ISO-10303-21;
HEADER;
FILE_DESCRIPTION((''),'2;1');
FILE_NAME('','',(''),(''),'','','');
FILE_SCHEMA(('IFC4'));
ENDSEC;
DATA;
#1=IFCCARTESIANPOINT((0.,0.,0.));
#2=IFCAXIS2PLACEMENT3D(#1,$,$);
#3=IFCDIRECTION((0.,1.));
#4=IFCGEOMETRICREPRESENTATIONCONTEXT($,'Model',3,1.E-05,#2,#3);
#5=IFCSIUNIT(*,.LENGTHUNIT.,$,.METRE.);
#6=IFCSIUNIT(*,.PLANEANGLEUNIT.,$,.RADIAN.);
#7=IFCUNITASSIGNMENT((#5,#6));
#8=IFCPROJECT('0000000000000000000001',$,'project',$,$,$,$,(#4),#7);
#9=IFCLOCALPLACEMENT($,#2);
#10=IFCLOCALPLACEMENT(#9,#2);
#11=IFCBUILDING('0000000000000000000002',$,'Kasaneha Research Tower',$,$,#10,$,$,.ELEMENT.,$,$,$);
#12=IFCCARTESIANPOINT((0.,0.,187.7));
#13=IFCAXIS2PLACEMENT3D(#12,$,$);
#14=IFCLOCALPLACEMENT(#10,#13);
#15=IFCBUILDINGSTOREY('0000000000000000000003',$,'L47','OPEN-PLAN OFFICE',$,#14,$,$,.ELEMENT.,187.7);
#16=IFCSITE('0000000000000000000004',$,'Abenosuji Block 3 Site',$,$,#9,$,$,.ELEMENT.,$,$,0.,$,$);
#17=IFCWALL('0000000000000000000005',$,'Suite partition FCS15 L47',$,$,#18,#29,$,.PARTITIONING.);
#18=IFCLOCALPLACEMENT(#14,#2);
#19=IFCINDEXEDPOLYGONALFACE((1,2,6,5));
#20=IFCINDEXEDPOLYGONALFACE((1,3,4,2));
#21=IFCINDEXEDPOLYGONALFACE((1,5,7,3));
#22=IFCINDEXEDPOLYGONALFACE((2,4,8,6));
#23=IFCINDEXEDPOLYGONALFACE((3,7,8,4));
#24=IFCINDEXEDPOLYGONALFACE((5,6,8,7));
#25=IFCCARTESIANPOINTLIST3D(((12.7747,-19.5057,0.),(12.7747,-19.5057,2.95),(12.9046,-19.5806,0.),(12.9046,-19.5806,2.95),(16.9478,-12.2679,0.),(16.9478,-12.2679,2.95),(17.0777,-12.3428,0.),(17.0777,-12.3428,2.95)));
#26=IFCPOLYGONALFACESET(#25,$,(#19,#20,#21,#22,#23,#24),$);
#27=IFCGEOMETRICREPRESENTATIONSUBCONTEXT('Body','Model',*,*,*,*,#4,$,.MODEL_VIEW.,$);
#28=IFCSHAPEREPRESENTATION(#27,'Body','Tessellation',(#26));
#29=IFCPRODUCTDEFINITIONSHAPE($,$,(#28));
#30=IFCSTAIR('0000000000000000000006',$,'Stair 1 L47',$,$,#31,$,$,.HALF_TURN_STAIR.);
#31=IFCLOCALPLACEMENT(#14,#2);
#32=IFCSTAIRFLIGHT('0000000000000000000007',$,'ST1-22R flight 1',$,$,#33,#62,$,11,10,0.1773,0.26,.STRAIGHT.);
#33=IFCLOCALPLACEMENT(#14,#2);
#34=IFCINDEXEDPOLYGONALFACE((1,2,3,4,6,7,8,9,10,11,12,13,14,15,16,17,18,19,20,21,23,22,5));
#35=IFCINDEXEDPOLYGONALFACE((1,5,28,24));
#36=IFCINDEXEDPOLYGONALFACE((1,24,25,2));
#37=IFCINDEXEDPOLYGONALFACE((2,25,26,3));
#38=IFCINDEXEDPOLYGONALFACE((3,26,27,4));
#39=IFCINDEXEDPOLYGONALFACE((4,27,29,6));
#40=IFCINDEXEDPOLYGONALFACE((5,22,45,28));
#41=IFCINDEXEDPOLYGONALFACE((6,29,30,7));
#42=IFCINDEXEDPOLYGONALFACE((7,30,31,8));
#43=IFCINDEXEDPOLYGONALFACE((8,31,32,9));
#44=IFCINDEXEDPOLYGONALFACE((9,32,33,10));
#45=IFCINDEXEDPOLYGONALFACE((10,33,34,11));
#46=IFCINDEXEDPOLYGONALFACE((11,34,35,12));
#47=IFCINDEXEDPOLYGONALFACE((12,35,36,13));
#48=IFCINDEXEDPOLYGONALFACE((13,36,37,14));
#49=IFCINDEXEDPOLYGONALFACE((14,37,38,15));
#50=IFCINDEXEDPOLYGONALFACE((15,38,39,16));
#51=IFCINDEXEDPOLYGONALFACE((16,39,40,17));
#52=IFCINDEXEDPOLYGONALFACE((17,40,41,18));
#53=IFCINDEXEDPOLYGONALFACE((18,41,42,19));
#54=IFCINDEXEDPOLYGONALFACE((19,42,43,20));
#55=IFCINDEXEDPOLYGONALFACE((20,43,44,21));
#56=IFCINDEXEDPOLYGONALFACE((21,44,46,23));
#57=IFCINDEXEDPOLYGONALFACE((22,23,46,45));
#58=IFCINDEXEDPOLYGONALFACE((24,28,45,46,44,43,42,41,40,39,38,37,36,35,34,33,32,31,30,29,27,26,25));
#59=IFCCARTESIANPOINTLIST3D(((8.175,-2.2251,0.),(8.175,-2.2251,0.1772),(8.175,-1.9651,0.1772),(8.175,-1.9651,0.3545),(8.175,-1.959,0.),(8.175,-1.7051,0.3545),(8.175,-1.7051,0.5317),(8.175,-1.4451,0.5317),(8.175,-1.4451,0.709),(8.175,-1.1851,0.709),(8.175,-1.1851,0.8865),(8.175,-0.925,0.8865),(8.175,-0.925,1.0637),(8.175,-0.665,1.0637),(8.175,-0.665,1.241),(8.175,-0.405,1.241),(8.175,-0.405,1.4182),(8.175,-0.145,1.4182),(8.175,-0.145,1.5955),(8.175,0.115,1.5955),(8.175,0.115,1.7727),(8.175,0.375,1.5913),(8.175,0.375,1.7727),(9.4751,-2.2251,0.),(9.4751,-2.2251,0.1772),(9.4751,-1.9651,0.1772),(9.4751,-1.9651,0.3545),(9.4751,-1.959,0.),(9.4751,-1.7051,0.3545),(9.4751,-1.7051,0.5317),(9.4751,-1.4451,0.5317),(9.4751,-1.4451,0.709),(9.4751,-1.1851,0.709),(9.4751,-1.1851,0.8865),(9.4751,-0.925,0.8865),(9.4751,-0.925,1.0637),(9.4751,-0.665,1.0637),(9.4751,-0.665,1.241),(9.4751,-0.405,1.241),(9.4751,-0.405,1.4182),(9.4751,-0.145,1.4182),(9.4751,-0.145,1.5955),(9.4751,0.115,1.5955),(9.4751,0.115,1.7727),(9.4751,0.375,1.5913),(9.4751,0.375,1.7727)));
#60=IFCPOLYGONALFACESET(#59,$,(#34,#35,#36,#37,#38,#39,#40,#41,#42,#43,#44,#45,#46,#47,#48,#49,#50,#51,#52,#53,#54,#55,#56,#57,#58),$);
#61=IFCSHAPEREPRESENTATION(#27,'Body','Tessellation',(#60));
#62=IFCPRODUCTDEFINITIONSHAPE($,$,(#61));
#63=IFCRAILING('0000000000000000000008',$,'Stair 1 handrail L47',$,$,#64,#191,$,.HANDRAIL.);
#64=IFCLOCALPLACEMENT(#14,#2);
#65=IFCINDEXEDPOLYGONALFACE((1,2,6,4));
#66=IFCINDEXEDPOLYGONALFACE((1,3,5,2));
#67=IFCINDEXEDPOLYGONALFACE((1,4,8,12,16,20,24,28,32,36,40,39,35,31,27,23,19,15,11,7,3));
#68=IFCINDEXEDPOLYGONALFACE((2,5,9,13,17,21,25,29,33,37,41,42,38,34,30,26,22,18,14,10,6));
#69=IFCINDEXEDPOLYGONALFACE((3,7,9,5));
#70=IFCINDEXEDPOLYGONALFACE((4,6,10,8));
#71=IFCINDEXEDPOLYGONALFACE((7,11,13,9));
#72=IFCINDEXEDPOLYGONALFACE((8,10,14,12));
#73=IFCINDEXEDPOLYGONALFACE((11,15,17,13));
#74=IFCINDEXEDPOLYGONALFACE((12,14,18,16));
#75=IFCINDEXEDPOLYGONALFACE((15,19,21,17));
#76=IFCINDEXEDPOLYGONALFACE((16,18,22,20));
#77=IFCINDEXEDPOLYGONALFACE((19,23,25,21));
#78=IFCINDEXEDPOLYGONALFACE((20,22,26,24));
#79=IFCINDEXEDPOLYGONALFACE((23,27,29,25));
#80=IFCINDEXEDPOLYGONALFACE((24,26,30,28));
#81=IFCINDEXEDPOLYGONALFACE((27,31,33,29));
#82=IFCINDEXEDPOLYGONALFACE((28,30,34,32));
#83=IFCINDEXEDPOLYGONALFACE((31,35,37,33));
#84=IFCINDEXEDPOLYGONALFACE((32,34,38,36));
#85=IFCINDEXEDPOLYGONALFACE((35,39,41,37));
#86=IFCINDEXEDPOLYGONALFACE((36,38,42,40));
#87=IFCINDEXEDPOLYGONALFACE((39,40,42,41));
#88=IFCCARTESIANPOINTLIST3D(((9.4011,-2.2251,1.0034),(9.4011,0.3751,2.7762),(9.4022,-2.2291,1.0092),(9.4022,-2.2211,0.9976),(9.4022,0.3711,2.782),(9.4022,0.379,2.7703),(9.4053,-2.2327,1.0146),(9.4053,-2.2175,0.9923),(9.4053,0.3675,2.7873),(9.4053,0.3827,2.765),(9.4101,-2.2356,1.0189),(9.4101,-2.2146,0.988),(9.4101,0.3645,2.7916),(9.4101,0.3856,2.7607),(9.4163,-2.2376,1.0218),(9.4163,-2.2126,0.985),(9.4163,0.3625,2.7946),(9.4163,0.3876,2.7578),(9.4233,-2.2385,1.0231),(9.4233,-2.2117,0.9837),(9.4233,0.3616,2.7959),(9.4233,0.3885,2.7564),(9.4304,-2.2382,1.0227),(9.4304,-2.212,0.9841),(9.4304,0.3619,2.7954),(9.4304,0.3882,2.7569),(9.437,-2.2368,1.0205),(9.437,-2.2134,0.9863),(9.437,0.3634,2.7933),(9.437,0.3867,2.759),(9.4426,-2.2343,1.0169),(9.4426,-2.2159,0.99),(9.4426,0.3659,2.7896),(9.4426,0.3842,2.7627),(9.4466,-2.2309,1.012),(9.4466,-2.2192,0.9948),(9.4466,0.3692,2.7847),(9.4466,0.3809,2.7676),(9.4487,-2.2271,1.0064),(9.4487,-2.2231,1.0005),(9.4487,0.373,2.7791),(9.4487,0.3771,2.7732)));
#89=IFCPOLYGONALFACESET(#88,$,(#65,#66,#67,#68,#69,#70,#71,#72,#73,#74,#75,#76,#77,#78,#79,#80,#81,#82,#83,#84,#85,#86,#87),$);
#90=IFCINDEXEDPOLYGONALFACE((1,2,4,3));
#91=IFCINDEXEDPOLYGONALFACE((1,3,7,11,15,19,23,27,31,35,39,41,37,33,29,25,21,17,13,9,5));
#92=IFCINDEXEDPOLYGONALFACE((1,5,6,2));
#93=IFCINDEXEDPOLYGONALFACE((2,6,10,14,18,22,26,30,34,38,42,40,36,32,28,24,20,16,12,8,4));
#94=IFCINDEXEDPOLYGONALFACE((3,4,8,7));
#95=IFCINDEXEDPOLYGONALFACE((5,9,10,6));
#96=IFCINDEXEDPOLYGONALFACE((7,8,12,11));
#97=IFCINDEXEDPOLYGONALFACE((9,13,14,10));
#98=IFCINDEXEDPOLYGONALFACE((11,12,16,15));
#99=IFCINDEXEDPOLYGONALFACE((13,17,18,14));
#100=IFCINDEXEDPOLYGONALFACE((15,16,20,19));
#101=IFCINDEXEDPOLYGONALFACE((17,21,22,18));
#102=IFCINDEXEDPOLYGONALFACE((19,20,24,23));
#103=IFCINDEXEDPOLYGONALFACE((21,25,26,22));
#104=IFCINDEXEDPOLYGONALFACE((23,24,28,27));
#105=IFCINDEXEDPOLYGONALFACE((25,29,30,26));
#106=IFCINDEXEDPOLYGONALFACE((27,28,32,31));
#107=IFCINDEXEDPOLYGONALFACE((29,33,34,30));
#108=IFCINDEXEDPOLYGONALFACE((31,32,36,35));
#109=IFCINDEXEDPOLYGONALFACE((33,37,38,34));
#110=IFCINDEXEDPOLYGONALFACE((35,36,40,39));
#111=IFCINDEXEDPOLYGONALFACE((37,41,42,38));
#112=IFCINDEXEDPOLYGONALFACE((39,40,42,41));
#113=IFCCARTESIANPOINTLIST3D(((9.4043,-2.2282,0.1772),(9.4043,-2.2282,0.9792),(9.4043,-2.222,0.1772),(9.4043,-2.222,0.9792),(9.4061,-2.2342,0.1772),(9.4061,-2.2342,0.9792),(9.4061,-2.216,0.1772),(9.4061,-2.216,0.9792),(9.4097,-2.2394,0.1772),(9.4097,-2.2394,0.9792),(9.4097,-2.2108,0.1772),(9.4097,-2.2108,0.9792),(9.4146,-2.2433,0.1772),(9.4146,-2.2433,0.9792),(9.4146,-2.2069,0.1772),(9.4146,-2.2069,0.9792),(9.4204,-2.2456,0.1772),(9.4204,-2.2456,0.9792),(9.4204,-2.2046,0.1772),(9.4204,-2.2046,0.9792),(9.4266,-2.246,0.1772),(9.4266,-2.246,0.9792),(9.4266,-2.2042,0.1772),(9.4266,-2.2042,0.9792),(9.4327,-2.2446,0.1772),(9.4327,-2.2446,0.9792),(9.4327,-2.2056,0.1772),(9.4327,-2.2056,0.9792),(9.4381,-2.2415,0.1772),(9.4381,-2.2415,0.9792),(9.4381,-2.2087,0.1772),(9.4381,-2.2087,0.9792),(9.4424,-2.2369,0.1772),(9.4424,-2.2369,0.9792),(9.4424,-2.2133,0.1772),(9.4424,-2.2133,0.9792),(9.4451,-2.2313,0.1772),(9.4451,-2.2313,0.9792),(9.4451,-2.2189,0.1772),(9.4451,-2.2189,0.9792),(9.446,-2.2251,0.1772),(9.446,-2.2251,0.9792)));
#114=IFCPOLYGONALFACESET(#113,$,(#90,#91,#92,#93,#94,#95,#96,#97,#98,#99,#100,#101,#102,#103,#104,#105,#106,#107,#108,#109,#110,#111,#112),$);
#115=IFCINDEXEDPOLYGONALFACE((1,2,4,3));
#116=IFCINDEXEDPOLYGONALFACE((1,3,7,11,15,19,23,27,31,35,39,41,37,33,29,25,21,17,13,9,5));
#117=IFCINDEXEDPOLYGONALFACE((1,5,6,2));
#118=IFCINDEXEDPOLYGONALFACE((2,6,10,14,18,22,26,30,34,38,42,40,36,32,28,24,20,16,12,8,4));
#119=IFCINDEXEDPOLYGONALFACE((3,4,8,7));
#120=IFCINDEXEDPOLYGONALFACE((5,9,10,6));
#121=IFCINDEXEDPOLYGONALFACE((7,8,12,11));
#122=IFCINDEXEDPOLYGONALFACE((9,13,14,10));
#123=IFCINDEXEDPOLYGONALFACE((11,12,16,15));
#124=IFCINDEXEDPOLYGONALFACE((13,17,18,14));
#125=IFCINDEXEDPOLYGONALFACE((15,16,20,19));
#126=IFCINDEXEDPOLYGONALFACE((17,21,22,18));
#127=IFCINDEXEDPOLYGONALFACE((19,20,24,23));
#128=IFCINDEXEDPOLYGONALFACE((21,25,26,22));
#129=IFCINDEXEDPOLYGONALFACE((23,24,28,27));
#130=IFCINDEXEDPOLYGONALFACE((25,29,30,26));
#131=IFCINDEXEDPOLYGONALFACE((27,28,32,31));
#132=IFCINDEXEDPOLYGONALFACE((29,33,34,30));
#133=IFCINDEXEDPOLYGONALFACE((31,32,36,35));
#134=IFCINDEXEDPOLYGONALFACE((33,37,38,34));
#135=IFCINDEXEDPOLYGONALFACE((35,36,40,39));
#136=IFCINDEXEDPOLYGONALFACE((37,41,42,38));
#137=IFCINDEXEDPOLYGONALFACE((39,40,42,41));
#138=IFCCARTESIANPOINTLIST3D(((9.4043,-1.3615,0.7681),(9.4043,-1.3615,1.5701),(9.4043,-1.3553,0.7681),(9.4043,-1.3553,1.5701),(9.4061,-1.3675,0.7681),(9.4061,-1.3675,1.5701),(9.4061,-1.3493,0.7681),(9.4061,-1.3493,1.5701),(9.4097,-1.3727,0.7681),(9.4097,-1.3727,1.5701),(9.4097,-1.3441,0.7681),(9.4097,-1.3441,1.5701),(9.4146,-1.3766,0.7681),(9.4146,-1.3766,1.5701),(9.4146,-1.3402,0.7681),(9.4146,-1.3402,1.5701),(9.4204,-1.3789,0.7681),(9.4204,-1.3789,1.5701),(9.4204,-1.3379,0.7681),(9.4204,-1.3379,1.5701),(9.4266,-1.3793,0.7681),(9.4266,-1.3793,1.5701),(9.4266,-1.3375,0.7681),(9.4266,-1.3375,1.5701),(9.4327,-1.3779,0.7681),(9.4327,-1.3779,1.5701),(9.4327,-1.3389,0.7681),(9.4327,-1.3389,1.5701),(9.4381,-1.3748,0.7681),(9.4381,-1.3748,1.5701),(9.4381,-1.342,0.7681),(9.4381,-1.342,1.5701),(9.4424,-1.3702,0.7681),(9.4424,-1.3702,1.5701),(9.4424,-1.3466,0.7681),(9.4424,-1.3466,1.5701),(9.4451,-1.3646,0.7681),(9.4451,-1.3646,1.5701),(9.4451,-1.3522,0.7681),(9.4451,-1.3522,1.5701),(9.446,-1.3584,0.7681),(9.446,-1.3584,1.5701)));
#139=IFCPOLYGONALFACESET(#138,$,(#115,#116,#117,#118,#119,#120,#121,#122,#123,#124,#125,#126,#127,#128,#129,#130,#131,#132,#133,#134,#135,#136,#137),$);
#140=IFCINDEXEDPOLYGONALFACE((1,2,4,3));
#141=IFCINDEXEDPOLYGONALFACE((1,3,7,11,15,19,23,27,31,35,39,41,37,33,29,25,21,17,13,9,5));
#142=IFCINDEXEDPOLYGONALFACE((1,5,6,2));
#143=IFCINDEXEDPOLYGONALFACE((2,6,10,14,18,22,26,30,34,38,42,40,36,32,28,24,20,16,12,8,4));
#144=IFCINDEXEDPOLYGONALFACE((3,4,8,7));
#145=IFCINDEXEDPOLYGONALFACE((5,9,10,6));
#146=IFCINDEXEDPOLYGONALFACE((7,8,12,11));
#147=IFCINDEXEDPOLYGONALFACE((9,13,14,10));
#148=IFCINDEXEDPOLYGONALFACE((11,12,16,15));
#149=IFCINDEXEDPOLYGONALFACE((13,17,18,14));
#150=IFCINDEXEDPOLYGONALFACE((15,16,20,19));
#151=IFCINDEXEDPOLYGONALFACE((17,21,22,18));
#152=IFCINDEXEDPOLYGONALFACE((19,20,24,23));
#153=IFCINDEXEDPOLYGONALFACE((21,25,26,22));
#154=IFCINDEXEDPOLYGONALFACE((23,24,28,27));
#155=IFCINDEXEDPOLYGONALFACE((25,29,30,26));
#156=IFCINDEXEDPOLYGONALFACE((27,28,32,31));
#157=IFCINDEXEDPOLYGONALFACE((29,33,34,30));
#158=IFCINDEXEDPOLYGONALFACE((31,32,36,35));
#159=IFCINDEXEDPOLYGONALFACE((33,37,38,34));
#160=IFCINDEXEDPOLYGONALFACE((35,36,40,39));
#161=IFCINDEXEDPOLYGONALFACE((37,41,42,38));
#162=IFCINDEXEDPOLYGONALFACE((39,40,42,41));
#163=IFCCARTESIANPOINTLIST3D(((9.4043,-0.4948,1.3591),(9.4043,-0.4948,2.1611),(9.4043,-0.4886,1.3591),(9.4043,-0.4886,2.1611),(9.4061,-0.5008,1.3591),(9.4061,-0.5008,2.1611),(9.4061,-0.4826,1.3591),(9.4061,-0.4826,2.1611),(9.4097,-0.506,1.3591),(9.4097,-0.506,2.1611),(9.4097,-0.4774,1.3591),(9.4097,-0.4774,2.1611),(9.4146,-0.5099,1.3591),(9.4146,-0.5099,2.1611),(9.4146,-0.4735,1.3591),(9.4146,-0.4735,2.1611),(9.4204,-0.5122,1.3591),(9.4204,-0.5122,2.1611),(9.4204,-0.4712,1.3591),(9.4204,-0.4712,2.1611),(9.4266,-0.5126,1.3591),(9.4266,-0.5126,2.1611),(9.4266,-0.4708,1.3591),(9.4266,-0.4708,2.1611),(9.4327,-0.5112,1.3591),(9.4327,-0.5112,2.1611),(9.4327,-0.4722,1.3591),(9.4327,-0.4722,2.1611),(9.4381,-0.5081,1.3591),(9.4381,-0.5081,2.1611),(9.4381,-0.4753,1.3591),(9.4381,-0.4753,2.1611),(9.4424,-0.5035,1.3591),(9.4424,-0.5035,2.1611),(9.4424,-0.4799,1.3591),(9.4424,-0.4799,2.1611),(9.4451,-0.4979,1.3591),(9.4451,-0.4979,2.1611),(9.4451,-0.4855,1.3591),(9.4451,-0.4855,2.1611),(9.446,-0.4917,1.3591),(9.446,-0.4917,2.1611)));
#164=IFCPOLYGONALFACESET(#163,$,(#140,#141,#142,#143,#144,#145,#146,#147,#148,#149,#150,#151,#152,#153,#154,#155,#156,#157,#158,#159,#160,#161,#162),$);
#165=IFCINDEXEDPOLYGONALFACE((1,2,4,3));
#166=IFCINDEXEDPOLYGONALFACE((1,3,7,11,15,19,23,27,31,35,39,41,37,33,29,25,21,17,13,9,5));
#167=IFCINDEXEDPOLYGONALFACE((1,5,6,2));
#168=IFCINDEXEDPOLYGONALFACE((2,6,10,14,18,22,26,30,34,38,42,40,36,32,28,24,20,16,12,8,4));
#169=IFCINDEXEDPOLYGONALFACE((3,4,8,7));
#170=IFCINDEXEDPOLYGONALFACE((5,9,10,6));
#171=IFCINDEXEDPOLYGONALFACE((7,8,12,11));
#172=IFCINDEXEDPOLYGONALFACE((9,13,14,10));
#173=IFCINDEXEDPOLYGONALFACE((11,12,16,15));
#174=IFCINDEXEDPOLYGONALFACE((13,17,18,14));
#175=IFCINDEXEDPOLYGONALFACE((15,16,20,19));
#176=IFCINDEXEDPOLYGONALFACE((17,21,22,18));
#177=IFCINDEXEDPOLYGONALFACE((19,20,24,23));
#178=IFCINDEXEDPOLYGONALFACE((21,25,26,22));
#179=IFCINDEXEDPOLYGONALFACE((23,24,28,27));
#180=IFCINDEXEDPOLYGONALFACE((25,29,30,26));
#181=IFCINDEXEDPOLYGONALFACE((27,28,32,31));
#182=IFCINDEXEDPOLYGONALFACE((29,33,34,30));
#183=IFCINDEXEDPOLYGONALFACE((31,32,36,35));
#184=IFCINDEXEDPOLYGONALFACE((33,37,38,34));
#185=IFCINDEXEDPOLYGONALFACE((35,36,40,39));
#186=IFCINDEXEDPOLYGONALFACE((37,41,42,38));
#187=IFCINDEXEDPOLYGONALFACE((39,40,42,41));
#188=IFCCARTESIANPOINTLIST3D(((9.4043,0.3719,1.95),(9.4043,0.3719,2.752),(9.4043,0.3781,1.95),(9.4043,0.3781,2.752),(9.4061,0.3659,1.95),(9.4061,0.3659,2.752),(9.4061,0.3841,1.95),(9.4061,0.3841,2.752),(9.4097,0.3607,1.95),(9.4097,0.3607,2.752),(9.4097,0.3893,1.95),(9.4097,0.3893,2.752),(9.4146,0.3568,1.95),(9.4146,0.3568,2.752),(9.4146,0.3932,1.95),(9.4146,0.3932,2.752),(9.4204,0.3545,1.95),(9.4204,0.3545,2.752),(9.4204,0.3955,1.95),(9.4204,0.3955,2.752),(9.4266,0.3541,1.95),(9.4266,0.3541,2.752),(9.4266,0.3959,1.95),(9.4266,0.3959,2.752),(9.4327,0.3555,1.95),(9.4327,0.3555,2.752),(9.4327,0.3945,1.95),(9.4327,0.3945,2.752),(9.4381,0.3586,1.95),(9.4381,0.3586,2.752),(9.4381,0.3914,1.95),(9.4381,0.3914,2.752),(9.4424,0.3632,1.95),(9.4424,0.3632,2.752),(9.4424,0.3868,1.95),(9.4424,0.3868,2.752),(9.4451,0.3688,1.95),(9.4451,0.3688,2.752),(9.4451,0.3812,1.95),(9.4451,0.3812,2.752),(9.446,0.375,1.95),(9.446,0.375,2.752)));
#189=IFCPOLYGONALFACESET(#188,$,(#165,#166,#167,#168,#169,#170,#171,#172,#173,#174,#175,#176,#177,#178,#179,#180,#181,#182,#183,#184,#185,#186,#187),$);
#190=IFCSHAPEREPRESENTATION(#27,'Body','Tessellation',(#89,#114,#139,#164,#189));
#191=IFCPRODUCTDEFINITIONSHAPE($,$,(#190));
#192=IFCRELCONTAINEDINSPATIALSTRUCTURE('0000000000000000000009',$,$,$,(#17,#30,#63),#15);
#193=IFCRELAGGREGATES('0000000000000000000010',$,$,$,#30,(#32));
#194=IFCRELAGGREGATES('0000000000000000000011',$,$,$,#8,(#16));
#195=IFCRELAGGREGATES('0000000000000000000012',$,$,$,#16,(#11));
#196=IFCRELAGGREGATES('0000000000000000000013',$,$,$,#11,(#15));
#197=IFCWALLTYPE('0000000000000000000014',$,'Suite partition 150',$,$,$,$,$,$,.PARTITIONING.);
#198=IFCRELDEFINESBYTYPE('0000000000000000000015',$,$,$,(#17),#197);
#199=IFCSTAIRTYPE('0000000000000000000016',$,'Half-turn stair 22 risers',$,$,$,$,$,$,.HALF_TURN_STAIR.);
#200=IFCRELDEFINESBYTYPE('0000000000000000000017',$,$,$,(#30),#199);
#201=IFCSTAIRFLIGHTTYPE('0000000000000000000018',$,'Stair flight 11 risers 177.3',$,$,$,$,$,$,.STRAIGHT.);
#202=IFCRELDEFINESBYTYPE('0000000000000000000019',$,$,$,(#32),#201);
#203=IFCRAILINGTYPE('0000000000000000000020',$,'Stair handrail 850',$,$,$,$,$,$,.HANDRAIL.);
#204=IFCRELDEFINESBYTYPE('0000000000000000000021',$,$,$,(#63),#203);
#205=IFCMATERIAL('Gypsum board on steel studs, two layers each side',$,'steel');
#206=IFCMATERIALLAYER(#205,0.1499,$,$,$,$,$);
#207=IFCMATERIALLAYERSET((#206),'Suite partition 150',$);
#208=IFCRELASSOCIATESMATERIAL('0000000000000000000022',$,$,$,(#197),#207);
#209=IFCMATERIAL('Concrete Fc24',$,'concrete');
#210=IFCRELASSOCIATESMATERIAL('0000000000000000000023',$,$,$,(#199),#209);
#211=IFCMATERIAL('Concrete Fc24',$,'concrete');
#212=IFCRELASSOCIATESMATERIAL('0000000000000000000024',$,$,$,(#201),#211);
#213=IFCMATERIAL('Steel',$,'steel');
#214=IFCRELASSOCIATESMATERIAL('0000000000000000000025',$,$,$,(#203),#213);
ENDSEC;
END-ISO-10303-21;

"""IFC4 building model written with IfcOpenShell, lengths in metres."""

from ifc_helpers import new_model, si_unit, direction, frame, frame_2d, origin, origin_2d, place, context, subcontext, project, spatial, polyline, rectangle, circle, outline, extrude, material, layer, layer_set, type_object, element, aggregate, save


model = new_model("IFC4")

# Units and contexts
model_context = context("Model", 3, precision=1e-05, world=origin(), true_north=direction((0.0, 1.0)))
body_context = subcontext(model_context, "Body", "Model", "MODEL_VIEW")
ifc_project = project(units=[si_unit("LENGTHUNIT", "METRE"), si_unit("PLANEANGLEUNIT", "RADIAN")], contexts=[model_context])

# Site, building, storey
site_placement = place(None, origin())
site = spatial("IfcSite", under=ifc_project, at=site_placement, Name="Abenosuji Block 3 Site", CompositionType="ELEMENT", RefElevation=0.0)
building_placement = place(site_placement, origin())
building = spatial("IfcBuilding", under=site, at=building_placement, Name="Kasaneha Research Tower", CompositionType="ELEMENT")
storey_placement = place(building_placement, frame((0.0, 0.0, 187.7)))
storey = spatial("IfcBuildingStorey", under=building, at=storey_placement, Name="L47", Description="OPEN-PLAN OFFICE", CompositionType="ELEMENT", Elevation=187.7)

# Wall
ifc_material_1 = material(Name="Gypsum board on steel studs, two layers each side", Category="steel")
ifc_layer_1 = layer(ifc_material_1, 0.1499)
ifc_layer_set_1 = layer_set([ifc_layer_1], Name="Suite partition 150")
wall_type_1 = type_object("IfcWallType", Name="Suite partition 150", PredefinedType="PARTITIONING", material=ifc_layer_set_1)
wall_1_placement = place(storey_placement, frame((17.0127, -12.3054, 0.0), z_axis=(0.0, 0.0, 1.0), x_axis=(-0.499493, -0.866318, 0.0)))
element("IfcWall", 1, at=wall_1_placement, inside=storey, type_object=wall_type_1, Name="Suite partition FCS15 L47", PredefinedType="PARTITIONING", context=body_context, shape_type="SweptSolid", body=[
    extrude(rectangle(XDim=8.3547, YDim=0.1499, at=frame_2d((4.1772, 0.0))), origin(), (0.0, 0.0, 1.0), 2.95),
])

# Stair, stair flight
ifc_material_2 = material(Name="Concrete Fc24", Category="concrete")
stair_type = type_object("IfcStairType", Name="Half-turn stair 22 risers", PredefinedType="HALF_TURN_STAIR", material=ifc_material_2)
stair_placement = place(storey_placement, origin())
stair = element("IfcStair", 2, at=stair_placement, inside=storey, type_object=stair_type, Name="Stair 1 L47", PredefinedType="HALF_TURN_STAIR")
ifc_material_3 = material(Name="Concrete Fc24", Category="concrete")
stair_flight_type = type_object("IfcStairFlightType", Name="Stair flight 11 risers 177.3", PredefinedType="STRAIGHT", material=ifc_material_3)
stair_flight_placement = place(storey_placement, frame((8.825, -2.2251, 0.0), z_axis=(0.0, 0.0, 1.0), x_axis=(0.0, 1.0, 0.0)))
stair_flight = element("IfcStairFlight", 3, at=stair_flight_placement, type_object=stair_flight_type, Name="ST1-22R flight 1", NumberOfRisers=11, NumberOfTreads=10, PredefinedType="STRAIGHT", RiserHeight=0.1773, TreadLength=0.26, context=body_context, shape_type="SweptSolid", body=[
    extrude(outline(polyline([(0.0, 0.0), (0.0, 0.1772), (0.26, 0.1772), (0.26, 0.3545), (0.52, 0.3545), (0.52, 0.5317), (0.78, 0.5317), (0.78, 0.709), (1.04, 0.709), (1.04, 0.8865), (1.3, 0.8865), (1.3, 1.0637), (1.5601, 1.0637), (1.5601, 1.241), (1.8201, 1.241), (1.8201, 1.4182), (2.0801, 1.4182), (2.0801, 1.5955), (2.3401, 1.5955), (2.3401, 1.7727), (2.6001, 1.7727), (2.6001, 1.95), (2.6001, 1.5913), (0.2661, 0.0), (0.0, 0.0)])), frame((0.0, 0.6499, 0.0), z_axis=(0.0, -1.0, 0.0), x_axis=(1.0, 0.0, 0.0)), (0.0, 0.0, 1.0), 1.3),
])
aggregate(stair, [stair_flight])

# Railing
ifc_material_4 = material(Name="Steel", Category="steel")
railing_type = type_object("IfcRailingType", Name="Stair handrail 850", PredefinedType="HANDRAIL", material=ifc_material_4)
railing_placement = place(storey_placement, frame((9.425, -2.2251, 0.1772)))
element("IfcRailing", 4, at=railing_placement, inside=storey, type_object=railing_type, Name="Stair 1 handrail L47", PredefinedType="HANDRAIL", context=body_context, shape_type="SweptSolid", body=[
    extrude(circle(Radius=0.0239, at=origin_2d()), frame((0.0, 0.0, 0.8262), z_axis=(0.0, 0.82624, 0.563318), x_axis=(-1.0, 0.0, 0.0)), (0.0, 0.0, 1.0), 3.147),
    extrude(circle(Radius=0.021, at=origin_2d()), origin(), (0.0, 0.0, 1.0), 0.802),
    extrude(circle(Radius=0.021, at=origin_2d()), frame((0.0, 0.8667, 0.5908)), (0.0, 0.0, 1.0), 0.802),
    extrude(circle(Radius=0.021, at=origin_2d()), frame((0.0, 1.7334, 1.1819)), (0.0, 0.0, 1.0), 0.802),
    extrude(circle(Radius=0.021, at=origin_2d()), frame((0.0, 2.6001, 1.7727)), (0.0, 0.0, 1.0), 0.802),
])

save(model, "model.ifc")
